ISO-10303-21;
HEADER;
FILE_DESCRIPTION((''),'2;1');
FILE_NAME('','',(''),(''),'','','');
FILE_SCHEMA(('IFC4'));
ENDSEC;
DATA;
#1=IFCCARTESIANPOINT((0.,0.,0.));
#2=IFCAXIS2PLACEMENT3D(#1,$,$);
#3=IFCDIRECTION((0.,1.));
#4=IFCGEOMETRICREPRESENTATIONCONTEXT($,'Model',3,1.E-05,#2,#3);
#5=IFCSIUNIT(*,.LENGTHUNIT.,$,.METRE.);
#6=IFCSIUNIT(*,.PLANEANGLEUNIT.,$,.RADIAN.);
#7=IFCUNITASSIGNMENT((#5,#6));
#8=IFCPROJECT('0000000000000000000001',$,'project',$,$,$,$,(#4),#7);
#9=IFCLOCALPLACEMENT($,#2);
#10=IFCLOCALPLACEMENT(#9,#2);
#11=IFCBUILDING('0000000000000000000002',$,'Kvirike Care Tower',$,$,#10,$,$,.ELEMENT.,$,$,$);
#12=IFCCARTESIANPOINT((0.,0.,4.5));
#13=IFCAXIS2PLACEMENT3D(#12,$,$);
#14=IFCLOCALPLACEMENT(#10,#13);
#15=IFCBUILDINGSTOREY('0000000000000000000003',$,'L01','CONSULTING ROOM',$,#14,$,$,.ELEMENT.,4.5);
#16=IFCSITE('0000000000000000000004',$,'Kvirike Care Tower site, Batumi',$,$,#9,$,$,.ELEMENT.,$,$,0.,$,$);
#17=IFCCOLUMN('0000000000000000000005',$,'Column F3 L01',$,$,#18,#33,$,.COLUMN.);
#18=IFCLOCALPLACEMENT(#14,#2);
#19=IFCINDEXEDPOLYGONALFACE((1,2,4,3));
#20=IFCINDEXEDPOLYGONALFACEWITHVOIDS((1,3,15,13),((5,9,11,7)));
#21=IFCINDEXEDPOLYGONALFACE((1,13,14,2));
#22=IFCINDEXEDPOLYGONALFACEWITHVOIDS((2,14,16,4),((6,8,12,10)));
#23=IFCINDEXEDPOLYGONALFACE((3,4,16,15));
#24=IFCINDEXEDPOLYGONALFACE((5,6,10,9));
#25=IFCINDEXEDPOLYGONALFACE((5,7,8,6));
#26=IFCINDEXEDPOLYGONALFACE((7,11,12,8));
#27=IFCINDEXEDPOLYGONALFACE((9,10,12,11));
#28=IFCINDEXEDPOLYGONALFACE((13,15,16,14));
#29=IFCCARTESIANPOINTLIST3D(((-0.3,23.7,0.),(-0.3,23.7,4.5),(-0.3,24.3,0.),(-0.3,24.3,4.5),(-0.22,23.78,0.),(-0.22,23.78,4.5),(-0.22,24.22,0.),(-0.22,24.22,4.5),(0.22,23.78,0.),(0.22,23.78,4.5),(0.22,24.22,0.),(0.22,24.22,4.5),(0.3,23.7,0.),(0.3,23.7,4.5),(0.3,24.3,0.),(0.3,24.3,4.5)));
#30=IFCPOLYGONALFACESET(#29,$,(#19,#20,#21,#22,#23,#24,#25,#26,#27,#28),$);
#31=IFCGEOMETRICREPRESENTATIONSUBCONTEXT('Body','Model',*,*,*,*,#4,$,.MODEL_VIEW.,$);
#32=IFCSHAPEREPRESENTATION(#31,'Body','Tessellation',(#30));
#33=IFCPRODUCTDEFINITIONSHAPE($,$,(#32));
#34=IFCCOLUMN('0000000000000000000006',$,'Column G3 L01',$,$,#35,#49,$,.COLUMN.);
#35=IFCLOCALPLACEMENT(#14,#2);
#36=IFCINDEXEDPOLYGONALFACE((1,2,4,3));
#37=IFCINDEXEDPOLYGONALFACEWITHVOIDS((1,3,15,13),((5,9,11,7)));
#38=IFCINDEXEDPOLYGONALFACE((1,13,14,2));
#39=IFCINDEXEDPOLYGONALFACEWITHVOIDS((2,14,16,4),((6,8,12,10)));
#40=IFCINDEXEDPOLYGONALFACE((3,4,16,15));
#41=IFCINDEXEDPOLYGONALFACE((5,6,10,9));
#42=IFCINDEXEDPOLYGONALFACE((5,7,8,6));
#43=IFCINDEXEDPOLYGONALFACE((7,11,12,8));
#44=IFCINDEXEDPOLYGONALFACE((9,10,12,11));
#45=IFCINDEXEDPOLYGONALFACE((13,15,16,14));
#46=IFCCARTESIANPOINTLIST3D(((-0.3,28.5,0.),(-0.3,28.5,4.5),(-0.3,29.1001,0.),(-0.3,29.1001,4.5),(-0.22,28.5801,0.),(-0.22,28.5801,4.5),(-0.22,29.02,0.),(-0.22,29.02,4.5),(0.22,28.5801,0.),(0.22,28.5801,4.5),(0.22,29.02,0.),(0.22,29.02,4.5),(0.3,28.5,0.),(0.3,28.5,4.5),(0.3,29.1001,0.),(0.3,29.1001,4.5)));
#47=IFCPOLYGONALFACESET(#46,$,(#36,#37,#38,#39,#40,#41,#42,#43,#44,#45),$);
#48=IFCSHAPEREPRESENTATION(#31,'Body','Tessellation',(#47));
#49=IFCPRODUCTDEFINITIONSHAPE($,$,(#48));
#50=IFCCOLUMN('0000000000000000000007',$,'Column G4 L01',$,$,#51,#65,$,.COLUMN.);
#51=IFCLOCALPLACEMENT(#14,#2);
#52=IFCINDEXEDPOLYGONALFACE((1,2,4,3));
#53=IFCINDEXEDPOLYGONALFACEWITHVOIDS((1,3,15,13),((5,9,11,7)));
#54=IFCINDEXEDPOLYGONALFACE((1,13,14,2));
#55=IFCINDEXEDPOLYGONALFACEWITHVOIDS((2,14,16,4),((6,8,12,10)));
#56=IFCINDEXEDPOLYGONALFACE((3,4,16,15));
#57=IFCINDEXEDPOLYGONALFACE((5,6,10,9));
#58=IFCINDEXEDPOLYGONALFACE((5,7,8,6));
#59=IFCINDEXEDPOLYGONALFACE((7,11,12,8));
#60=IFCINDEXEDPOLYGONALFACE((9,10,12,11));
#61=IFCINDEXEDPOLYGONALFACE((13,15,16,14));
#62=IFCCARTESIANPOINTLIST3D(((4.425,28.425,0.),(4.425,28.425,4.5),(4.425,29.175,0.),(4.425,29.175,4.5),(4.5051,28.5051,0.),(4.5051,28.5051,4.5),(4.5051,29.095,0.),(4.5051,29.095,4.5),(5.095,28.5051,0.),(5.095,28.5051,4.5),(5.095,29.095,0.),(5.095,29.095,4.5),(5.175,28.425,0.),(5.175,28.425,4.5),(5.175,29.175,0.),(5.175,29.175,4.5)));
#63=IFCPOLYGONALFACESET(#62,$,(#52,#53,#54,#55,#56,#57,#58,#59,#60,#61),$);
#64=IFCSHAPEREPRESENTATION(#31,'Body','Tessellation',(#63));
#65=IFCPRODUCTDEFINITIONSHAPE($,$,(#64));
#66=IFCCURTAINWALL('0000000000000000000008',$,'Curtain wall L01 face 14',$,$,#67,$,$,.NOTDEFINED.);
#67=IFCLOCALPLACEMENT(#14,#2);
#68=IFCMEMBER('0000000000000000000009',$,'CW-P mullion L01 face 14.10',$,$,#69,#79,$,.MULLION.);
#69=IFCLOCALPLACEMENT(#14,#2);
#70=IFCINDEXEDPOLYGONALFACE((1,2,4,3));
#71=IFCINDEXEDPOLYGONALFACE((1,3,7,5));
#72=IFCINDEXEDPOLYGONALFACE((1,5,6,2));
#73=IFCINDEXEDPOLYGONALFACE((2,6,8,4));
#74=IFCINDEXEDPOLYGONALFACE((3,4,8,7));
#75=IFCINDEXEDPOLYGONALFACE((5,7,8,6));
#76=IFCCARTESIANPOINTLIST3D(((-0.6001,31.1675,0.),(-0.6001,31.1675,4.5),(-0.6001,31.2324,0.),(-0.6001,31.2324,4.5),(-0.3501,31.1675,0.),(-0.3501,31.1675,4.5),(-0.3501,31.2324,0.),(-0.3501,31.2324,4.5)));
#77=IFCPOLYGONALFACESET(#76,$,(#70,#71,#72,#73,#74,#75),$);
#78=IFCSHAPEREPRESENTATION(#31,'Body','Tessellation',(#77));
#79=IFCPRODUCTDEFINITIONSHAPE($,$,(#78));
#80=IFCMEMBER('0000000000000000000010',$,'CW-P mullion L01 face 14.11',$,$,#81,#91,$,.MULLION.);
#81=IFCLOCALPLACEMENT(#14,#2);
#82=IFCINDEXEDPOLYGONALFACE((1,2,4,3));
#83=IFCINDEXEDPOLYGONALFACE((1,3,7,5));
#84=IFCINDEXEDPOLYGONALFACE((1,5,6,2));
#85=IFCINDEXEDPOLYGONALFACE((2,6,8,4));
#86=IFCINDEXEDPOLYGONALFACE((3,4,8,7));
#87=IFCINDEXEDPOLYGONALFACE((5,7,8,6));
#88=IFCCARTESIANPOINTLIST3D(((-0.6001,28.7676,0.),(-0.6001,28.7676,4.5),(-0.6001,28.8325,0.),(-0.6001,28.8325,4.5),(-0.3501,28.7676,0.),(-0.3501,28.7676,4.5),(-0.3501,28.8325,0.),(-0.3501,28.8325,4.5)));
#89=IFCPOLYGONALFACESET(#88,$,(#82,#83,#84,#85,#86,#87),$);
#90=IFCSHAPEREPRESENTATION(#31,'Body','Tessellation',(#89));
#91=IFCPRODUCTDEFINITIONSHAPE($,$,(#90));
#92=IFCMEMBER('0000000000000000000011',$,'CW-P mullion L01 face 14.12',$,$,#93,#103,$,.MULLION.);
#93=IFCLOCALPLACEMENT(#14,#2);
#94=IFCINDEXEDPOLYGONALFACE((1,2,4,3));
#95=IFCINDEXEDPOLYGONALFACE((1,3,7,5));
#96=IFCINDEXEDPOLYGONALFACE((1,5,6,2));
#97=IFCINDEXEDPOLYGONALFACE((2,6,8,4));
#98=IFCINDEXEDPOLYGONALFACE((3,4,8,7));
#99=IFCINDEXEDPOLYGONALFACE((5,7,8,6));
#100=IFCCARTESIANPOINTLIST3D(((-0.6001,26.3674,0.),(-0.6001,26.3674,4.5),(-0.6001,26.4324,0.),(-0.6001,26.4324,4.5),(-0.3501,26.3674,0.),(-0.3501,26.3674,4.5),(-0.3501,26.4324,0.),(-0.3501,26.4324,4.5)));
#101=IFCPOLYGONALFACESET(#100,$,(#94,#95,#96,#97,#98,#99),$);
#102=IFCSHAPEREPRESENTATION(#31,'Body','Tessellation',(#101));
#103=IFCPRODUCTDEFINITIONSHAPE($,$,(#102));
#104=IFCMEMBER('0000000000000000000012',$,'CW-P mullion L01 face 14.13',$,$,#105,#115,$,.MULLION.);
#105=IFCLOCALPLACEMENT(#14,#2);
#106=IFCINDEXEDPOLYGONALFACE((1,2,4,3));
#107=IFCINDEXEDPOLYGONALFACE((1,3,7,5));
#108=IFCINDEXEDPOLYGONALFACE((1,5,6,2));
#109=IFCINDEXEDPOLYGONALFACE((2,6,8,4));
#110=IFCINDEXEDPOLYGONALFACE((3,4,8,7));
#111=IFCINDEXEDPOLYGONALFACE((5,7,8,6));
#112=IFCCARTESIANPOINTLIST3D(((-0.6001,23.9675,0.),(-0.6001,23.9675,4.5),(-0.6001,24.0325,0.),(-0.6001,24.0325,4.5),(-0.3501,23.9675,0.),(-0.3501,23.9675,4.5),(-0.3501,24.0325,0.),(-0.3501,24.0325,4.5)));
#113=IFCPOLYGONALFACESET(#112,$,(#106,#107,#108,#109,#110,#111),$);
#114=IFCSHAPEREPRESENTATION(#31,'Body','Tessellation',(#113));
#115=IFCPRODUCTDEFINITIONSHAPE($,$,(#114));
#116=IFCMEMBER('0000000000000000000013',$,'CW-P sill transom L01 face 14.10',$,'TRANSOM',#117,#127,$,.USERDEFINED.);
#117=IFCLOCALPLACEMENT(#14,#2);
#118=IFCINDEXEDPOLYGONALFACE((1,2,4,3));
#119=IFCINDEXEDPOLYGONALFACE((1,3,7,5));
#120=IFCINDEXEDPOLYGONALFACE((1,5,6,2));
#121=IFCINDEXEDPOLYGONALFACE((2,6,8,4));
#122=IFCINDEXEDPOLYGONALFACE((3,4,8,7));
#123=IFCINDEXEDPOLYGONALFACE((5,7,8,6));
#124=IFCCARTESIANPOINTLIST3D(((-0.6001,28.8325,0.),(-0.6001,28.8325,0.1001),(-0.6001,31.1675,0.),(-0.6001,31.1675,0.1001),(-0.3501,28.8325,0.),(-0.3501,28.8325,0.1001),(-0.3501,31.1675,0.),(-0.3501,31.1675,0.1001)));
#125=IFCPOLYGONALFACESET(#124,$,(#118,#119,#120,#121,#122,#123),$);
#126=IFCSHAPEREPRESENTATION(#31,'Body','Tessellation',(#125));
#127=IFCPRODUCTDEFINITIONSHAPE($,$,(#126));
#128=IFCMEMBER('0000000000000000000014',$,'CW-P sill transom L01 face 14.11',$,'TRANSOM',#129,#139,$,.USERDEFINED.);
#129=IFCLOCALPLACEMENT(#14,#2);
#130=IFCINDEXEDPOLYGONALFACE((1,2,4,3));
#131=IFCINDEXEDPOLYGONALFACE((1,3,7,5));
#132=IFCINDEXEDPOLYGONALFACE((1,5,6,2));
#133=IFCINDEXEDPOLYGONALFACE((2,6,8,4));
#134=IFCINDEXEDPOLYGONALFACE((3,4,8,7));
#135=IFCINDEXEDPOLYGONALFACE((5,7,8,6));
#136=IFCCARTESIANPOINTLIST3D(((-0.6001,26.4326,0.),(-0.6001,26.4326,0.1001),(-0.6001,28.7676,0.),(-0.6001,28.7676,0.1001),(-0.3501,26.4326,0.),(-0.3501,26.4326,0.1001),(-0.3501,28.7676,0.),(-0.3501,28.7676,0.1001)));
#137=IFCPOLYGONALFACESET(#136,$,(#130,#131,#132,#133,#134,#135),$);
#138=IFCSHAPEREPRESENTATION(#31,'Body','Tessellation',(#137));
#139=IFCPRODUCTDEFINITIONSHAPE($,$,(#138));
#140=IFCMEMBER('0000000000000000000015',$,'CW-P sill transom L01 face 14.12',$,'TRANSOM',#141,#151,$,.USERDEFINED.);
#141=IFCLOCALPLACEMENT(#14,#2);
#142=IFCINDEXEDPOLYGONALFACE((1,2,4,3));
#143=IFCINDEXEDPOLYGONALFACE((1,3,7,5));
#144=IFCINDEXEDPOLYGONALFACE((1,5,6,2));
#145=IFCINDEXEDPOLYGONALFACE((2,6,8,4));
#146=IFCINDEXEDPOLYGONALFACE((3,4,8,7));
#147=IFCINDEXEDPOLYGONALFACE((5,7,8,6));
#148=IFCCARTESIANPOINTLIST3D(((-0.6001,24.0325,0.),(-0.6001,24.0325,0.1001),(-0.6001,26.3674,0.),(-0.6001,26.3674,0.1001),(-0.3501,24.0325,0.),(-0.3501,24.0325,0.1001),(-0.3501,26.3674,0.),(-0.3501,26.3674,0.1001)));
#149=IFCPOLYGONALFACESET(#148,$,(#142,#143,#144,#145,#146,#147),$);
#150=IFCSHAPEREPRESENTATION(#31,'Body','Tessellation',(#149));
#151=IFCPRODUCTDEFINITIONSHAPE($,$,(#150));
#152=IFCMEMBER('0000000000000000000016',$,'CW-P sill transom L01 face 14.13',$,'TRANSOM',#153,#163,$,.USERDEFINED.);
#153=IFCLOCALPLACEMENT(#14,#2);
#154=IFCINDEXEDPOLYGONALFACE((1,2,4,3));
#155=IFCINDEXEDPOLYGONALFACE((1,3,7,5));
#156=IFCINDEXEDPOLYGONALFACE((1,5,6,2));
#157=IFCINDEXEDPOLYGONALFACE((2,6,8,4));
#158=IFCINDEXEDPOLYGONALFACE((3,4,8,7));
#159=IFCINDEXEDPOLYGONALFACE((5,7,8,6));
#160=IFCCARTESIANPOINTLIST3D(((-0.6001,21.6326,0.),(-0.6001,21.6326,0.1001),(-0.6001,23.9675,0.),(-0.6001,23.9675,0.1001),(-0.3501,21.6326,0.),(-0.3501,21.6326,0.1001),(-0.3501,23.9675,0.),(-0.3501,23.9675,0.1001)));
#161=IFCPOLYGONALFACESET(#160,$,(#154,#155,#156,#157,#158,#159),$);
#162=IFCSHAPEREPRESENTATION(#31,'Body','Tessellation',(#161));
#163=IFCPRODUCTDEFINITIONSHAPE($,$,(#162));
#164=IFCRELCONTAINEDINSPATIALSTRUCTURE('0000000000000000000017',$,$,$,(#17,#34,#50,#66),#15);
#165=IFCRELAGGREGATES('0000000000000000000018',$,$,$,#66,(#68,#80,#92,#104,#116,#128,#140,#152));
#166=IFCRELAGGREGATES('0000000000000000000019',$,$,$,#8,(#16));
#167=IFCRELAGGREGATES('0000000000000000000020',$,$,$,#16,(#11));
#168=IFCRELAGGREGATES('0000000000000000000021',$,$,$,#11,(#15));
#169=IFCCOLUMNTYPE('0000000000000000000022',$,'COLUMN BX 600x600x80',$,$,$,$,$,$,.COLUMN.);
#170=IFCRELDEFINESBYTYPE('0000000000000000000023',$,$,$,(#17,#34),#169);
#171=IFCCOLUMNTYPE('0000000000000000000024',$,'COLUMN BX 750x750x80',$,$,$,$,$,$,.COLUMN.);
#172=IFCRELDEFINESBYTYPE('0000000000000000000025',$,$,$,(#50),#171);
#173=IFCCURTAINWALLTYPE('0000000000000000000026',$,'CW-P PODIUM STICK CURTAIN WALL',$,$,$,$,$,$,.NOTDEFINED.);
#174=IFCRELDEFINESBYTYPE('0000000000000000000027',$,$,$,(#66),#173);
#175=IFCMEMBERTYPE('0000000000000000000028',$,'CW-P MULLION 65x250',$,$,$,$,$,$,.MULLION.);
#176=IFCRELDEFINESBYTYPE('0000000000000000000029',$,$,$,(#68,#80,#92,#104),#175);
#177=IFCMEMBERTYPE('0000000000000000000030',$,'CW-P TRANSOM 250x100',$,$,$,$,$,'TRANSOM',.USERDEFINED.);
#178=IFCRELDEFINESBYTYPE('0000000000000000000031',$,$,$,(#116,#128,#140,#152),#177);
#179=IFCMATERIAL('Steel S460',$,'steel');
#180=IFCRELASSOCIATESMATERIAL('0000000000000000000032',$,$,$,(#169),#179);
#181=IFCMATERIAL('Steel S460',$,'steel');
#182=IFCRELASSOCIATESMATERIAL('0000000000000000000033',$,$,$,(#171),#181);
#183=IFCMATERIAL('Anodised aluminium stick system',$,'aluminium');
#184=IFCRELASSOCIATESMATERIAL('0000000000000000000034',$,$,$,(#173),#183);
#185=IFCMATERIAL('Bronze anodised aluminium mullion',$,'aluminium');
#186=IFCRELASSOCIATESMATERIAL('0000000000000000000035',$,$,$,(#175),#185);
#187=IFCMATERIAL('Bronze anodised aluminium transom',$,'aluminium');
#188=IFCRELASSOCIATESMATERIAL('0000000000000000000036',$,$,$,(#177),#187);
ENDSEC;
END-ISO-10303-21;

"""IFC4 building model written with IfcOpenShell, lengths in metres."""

from ifc_helpers import new_model, si_unit, direction, frame, origin, origin_2d, place, context, subcontext, project, spatial, rectangle, hollow_rectangle, extrude, material, material_profile, profile_set, type_object, element, aggregate, save


model = new_model("IFC4")

# Units and contexts
model_context = context("Model", 3, precision=1e-05, world=origin(), true_north=direction((0.0, 1.0)))
body_context = subcontext(model_context, "Body", "Model", "MODEL_VIEW")
ifc_project = project(units=[si_unit("LENGTHUNIT", "METRE"), si_unit("PLANEANGLEUNIT", "RADIAN")], contexts=[model_context])

# Site, building, storey
site_placement = place(None, origin())
site = spatial("IfcSite", under=ifc_project, at=site_placement, Name="Kvirike Care Tower site, Batumi", CompositionType="ELEMENT", RefElevation=0.0)
building_placement = place(site_placement, origin())
building = spatial("IfcBuilding", under=site, at=building_placement, Name="Kvirike Care Tower", CompositionType="ELEMENT")
storey_placement = place(building_placement, frame((0.0, 0.0, 4.5)))
storey = spatial("IfcBuildingStorey", under=building, at=storey_placement, Name="L01", Description="CONSULTING ROOM", CompositionType="ELEMENT", Elevation=4.5)

# Columns
ifc_material_1 = material(Name="Steel S460", Category="steel")
ifc_material_profile_1 = material_profile(ifc_material_1, hollow_rectangle(XDim=0.6001, YDim=0.6001, WallThickness=0.0801, at=origin_2d()), Name="BX 600x600x80")
ifc_profile_set_1 = profile_set([ifc_material_profile_1], Name="Steel S460")
column_type_1 = type_object("IfcColumnType", Name="COLUMN BX 600x600x80", PredefinedType="COLUMN", material=ifc_profile_set_1)
for number, where, z_axis, x_axis, name in (
    (1, (0.0, 24.0, 0.0), (0.0, 0.0, 1.0), (1.0, 0.0, 0.0), "Column F3 L01"),
    (2, (0.0, 28.8, 0.0), (0.0, 0.0, 1.0), (0.0, 1.0, 0.0), "Column G3 L01"),
):
    element("IfcColumn", number, at=place(storey_placement, frame(where, z_axis=z_axis, x_axis=x_axis)), inside=storey, type_object=column_type_1, Name=name, PredefinedType="COLUMN", context=body_context, shape_type="SweptSolid", body=[
        extrude(hollow_rectangle(XDim=0.6001, YDim=0.6001, WallThickness=0.0801, at=origin_2d()), origin(), (0.0, 0.0, 1.0), 4.5),
    ])
ifc_material_2 = material(Name="Steel S460", Category="steel")
ifc_material_profile_2 = material_profile(ifc_material_2, hollow_rectangle(XDim=0.75, YDim=0.75, WallThickness=0.0801, at=origin_2d()), Name="BX 750x750x80")
ifc_profile_set_2 = profile_set([ifc_material_profile_2], Name="Steel S460")
column_type_2 = type_object("IfcColumnType", Name="COLUMN BX 750x750x80", PredefinedType="COLUMN", material=ifc_profile_set_2)
column_placement = place(storey_placement, frame((4.8, 28.8, 0.0), z_axis=(0.0, 0.0, 1.0), x_axis=(0.0, 1.0, 0.0)))
element("IfcColumn", 3, at=column_placement, inside=storey, type_object=column_type_2, Name="Column G4 L01", PredefinedType="COLUMN", context=body_context, shape_type="SweptSolid", body=[
    extrude(hollow_rectangle(XDim=0.75, YDim=0.75, WallThickness=0.0801, at=origin_2d()), origin(), (0.0, 0.0, 1.0), 4.5),
])

# Curtain wall, members
ifc_material_3 = material(Name="Anodised aluminium stick system", Category="aluminium")
curtain_wall_type = type_object("IfcCurtainWallType", Name="CW-P PODIUM STICK CURTAIN WALL", PredefinedType="NOTDEFINED", material=ifc_material_3)
curtain_wall_placement = place(storey_placement, origin())
curtain_wall = element("IfcCurtainWall", 4, at=curtain_wall_placement, inside=storey, type_object=curtain_wall_type, Name="Curtain wall L01 face 14", PredefinedType="NOTDEFINED")
ifc_material_4 = material(Name="Bronze anodised aluminium mullion", Category="aluminium")
ifc_material_profile_3 = material_profile(ifc_material_4, rectangle(XDim=0.0649, YDim=0.25, at=origin_2d()), Name="CW-P MULLION 65x250")
ifc_profile_set_3 = profile_set([ifc_material_profile_3], Name="Bronze anodised aluminium mullion")
member_type_1 = type_object("IfcMemberType", Name="CW-P MULLION 65x250", PredefinedType="MULLION", material=ifc_profile_set_3)
member_1_placement = place(storey_placement, frame((-0.4751, 31.2, 0.0), z_axis=(0.0, 0.0, 1.0), x_axis=(0.0, -1.0, 0.0)))
member_1 = element("IfcMember", 5, at=member_1_placement, type_object=member_type_1, Name="CW-P mullion L01 face 14.10", PredefinedType="MULLION", context=body_context, shape_type="SweptSolid", body=[
    extrude(rectangle(XDim=0.0649, YDim=0.25, at=origin_2d()), origin(), (0.0, 0.0, 1.0), 4.5),
])
member_2_placement = place(storey_placement, frame((-0.4751, 28.8, 0.0), z_axis=(0.0, 0.0, 1.0), x_axis=(0.0, -1.0, 0.0)))
member_2 = element("IfcMember", 6, at=member_2_placement, type_object=member_type_1, Name="CW-P mullion L01 face 14.11", PredefinedType="MULLION", context=body_context, shape_type="SweptSolid", body=[
    extrude(rectangle(XDim=0.0649, YDim=0.25, at=origin_2d()), origin(), (0.0, 0.0, 1.0), 4.5),
])
member_3_placement = place(storey_placement, frame((-0.4751, 26.3999, 0.0), z_axis=(0.0, 0.0, 1.0), x_axis=(0.0, -1.0, 0.0)))
member_3 = element("IfcMember", 7, at=member_3_placement, type_object=member_type_1, Name="CW-P mullion L01 face 14.12", PredefinedType="MULLION", context=body_context, shape_type="SweptSolid", body=[
    extrude(rectangle(XDim=0.0649, YDim=0.25, at=origin_2d()), origin(), (0.0, 0.0, 1.0), 4.5),
])
member_4_placement = place(storey_placement, frame((-0.4751, 24.0, 0.0), z_axis=(0.0, 0.0, 1.0), x_axis=(0.0, -1.0, 0.0)))
member_4 = element("IfcMember", 8, at=member_4_placement, type_object=member_type_1, Name="CW-P mullion L01 face 14.13", PredefinedType="MULLION", context=body_context, shape_type="SweptSolid", body=[
    extrude(rectangle(XDim=0.0649, YDim=0.25, at=origin_2d()), origin(), (0.0, 0.0, 1.0), 4.5),
])
ifc_material_5 = material(Name="Bronze anodised aluminium transom", Category="aluminium")
ifc_material_profile_4 = material_profile(ifc_material_5, rectangle(XDim=0.25, YDim=0.1001, at=origin_2d()), Name="CW-P TRANSOM 250x100")
ifc_profile_set_4 = profile_set([ifc_material_profile_4], Name="Bronze anodised aluminium transom")
member_type_2 = type_object("IfcMemberType", Name="CW-P TRANSOM 250x100", ElementType="TRANSOM", PredefinedType="USERDEFINED", material=ifc_profile_set_4)
member_5_placement = place(storey_placement, frame((-0.4751, 31.1675, 0.05), z_axis=(0.0, -1.0, 0.0), x_axis=(1.0, 0.0, 0.0)))
member_5 = element("IfcMember", 9, at=member_5_placement, type_object=member_type_2, Name="CW-P sill transom L01 face 14.10", ObjectType="TRANSOM", PredefinedType="USERDEFINED", context=body_context, shape_type="SweptSolid", body=[
    extrude(rectangle(XDim=0.25, YDim=0.1001, at=origin_2d()), origin(), (0.0, 0.0, 1.0), 2.335),
])
member_6_placement = place(storey_placement, frame((-0.4751, 28.7676, 0.05), z_axis=(0.0, -1.0, 0.0), x_axis=(1.0, 0.0, 0.0)))
member_6 = element("IfcMember", 10, at=member_6_placement, type_object=member_type_2, Name="CW-P sill transom L01 face 14.11", ObjectType="TRANSOM", PredefinedType="USERDEFINED", context=body_context, shape_type="SweptSolid", body=[
    extrude(rectangle(XDim=0.25, YDim=0.1001, at=origin_2d()), origin(), (0.0, 0.0, 1.0), 2.335),
])
member_7_placement = place(storey_placement, frame((-0.4751, 26.3674, 0.05), z_axis=(0.0, -1.0, 0.0), x_axis=(1.0, 0.0, 0.0)))
member_7 = element("IfcMember", 11, at=member_7_placement, type_object=member_type_2, Name="CW-P sill transom L01 face 14.12", ObjectType="TRANSOM", PredefinedType="USERDEFINED", context=body_context, shape_type="SweptSolid", body=[
    extrude(rectangle(XDim=0.25, YDim=0.1001, at=origin_2d()), origin(), (0.0, 0.0, 1.0), 2.335),
])
member_8_placement = place(storey_placement, frame((-0.4751, 23.9675, 0.05), z_axis=(0.0, -1.0, 0.0), x_axis=(1.0, 0.0, 0.0)))
member_8 = element("IfcMember", 12, at=member_8_placement, type_object=member_type_2, Name="CW-P sill transom L01 face 14.13", ObjectType="TRANSOM", PredefinedType="USERDEFINED", context=body_context, shape_type="SweptSolid", body=[
    extrude(rectangle(XDim=0.25, YDim=0.1001, at=origin_2d()), origin(), (0.0, 0.0, 1.0), 2.335),
])

aggregate(curtain_wall, [member_1, member_2, member_3, member_4, member_5, member_6, member_7, member_8])

save(model, "model.ifc")
